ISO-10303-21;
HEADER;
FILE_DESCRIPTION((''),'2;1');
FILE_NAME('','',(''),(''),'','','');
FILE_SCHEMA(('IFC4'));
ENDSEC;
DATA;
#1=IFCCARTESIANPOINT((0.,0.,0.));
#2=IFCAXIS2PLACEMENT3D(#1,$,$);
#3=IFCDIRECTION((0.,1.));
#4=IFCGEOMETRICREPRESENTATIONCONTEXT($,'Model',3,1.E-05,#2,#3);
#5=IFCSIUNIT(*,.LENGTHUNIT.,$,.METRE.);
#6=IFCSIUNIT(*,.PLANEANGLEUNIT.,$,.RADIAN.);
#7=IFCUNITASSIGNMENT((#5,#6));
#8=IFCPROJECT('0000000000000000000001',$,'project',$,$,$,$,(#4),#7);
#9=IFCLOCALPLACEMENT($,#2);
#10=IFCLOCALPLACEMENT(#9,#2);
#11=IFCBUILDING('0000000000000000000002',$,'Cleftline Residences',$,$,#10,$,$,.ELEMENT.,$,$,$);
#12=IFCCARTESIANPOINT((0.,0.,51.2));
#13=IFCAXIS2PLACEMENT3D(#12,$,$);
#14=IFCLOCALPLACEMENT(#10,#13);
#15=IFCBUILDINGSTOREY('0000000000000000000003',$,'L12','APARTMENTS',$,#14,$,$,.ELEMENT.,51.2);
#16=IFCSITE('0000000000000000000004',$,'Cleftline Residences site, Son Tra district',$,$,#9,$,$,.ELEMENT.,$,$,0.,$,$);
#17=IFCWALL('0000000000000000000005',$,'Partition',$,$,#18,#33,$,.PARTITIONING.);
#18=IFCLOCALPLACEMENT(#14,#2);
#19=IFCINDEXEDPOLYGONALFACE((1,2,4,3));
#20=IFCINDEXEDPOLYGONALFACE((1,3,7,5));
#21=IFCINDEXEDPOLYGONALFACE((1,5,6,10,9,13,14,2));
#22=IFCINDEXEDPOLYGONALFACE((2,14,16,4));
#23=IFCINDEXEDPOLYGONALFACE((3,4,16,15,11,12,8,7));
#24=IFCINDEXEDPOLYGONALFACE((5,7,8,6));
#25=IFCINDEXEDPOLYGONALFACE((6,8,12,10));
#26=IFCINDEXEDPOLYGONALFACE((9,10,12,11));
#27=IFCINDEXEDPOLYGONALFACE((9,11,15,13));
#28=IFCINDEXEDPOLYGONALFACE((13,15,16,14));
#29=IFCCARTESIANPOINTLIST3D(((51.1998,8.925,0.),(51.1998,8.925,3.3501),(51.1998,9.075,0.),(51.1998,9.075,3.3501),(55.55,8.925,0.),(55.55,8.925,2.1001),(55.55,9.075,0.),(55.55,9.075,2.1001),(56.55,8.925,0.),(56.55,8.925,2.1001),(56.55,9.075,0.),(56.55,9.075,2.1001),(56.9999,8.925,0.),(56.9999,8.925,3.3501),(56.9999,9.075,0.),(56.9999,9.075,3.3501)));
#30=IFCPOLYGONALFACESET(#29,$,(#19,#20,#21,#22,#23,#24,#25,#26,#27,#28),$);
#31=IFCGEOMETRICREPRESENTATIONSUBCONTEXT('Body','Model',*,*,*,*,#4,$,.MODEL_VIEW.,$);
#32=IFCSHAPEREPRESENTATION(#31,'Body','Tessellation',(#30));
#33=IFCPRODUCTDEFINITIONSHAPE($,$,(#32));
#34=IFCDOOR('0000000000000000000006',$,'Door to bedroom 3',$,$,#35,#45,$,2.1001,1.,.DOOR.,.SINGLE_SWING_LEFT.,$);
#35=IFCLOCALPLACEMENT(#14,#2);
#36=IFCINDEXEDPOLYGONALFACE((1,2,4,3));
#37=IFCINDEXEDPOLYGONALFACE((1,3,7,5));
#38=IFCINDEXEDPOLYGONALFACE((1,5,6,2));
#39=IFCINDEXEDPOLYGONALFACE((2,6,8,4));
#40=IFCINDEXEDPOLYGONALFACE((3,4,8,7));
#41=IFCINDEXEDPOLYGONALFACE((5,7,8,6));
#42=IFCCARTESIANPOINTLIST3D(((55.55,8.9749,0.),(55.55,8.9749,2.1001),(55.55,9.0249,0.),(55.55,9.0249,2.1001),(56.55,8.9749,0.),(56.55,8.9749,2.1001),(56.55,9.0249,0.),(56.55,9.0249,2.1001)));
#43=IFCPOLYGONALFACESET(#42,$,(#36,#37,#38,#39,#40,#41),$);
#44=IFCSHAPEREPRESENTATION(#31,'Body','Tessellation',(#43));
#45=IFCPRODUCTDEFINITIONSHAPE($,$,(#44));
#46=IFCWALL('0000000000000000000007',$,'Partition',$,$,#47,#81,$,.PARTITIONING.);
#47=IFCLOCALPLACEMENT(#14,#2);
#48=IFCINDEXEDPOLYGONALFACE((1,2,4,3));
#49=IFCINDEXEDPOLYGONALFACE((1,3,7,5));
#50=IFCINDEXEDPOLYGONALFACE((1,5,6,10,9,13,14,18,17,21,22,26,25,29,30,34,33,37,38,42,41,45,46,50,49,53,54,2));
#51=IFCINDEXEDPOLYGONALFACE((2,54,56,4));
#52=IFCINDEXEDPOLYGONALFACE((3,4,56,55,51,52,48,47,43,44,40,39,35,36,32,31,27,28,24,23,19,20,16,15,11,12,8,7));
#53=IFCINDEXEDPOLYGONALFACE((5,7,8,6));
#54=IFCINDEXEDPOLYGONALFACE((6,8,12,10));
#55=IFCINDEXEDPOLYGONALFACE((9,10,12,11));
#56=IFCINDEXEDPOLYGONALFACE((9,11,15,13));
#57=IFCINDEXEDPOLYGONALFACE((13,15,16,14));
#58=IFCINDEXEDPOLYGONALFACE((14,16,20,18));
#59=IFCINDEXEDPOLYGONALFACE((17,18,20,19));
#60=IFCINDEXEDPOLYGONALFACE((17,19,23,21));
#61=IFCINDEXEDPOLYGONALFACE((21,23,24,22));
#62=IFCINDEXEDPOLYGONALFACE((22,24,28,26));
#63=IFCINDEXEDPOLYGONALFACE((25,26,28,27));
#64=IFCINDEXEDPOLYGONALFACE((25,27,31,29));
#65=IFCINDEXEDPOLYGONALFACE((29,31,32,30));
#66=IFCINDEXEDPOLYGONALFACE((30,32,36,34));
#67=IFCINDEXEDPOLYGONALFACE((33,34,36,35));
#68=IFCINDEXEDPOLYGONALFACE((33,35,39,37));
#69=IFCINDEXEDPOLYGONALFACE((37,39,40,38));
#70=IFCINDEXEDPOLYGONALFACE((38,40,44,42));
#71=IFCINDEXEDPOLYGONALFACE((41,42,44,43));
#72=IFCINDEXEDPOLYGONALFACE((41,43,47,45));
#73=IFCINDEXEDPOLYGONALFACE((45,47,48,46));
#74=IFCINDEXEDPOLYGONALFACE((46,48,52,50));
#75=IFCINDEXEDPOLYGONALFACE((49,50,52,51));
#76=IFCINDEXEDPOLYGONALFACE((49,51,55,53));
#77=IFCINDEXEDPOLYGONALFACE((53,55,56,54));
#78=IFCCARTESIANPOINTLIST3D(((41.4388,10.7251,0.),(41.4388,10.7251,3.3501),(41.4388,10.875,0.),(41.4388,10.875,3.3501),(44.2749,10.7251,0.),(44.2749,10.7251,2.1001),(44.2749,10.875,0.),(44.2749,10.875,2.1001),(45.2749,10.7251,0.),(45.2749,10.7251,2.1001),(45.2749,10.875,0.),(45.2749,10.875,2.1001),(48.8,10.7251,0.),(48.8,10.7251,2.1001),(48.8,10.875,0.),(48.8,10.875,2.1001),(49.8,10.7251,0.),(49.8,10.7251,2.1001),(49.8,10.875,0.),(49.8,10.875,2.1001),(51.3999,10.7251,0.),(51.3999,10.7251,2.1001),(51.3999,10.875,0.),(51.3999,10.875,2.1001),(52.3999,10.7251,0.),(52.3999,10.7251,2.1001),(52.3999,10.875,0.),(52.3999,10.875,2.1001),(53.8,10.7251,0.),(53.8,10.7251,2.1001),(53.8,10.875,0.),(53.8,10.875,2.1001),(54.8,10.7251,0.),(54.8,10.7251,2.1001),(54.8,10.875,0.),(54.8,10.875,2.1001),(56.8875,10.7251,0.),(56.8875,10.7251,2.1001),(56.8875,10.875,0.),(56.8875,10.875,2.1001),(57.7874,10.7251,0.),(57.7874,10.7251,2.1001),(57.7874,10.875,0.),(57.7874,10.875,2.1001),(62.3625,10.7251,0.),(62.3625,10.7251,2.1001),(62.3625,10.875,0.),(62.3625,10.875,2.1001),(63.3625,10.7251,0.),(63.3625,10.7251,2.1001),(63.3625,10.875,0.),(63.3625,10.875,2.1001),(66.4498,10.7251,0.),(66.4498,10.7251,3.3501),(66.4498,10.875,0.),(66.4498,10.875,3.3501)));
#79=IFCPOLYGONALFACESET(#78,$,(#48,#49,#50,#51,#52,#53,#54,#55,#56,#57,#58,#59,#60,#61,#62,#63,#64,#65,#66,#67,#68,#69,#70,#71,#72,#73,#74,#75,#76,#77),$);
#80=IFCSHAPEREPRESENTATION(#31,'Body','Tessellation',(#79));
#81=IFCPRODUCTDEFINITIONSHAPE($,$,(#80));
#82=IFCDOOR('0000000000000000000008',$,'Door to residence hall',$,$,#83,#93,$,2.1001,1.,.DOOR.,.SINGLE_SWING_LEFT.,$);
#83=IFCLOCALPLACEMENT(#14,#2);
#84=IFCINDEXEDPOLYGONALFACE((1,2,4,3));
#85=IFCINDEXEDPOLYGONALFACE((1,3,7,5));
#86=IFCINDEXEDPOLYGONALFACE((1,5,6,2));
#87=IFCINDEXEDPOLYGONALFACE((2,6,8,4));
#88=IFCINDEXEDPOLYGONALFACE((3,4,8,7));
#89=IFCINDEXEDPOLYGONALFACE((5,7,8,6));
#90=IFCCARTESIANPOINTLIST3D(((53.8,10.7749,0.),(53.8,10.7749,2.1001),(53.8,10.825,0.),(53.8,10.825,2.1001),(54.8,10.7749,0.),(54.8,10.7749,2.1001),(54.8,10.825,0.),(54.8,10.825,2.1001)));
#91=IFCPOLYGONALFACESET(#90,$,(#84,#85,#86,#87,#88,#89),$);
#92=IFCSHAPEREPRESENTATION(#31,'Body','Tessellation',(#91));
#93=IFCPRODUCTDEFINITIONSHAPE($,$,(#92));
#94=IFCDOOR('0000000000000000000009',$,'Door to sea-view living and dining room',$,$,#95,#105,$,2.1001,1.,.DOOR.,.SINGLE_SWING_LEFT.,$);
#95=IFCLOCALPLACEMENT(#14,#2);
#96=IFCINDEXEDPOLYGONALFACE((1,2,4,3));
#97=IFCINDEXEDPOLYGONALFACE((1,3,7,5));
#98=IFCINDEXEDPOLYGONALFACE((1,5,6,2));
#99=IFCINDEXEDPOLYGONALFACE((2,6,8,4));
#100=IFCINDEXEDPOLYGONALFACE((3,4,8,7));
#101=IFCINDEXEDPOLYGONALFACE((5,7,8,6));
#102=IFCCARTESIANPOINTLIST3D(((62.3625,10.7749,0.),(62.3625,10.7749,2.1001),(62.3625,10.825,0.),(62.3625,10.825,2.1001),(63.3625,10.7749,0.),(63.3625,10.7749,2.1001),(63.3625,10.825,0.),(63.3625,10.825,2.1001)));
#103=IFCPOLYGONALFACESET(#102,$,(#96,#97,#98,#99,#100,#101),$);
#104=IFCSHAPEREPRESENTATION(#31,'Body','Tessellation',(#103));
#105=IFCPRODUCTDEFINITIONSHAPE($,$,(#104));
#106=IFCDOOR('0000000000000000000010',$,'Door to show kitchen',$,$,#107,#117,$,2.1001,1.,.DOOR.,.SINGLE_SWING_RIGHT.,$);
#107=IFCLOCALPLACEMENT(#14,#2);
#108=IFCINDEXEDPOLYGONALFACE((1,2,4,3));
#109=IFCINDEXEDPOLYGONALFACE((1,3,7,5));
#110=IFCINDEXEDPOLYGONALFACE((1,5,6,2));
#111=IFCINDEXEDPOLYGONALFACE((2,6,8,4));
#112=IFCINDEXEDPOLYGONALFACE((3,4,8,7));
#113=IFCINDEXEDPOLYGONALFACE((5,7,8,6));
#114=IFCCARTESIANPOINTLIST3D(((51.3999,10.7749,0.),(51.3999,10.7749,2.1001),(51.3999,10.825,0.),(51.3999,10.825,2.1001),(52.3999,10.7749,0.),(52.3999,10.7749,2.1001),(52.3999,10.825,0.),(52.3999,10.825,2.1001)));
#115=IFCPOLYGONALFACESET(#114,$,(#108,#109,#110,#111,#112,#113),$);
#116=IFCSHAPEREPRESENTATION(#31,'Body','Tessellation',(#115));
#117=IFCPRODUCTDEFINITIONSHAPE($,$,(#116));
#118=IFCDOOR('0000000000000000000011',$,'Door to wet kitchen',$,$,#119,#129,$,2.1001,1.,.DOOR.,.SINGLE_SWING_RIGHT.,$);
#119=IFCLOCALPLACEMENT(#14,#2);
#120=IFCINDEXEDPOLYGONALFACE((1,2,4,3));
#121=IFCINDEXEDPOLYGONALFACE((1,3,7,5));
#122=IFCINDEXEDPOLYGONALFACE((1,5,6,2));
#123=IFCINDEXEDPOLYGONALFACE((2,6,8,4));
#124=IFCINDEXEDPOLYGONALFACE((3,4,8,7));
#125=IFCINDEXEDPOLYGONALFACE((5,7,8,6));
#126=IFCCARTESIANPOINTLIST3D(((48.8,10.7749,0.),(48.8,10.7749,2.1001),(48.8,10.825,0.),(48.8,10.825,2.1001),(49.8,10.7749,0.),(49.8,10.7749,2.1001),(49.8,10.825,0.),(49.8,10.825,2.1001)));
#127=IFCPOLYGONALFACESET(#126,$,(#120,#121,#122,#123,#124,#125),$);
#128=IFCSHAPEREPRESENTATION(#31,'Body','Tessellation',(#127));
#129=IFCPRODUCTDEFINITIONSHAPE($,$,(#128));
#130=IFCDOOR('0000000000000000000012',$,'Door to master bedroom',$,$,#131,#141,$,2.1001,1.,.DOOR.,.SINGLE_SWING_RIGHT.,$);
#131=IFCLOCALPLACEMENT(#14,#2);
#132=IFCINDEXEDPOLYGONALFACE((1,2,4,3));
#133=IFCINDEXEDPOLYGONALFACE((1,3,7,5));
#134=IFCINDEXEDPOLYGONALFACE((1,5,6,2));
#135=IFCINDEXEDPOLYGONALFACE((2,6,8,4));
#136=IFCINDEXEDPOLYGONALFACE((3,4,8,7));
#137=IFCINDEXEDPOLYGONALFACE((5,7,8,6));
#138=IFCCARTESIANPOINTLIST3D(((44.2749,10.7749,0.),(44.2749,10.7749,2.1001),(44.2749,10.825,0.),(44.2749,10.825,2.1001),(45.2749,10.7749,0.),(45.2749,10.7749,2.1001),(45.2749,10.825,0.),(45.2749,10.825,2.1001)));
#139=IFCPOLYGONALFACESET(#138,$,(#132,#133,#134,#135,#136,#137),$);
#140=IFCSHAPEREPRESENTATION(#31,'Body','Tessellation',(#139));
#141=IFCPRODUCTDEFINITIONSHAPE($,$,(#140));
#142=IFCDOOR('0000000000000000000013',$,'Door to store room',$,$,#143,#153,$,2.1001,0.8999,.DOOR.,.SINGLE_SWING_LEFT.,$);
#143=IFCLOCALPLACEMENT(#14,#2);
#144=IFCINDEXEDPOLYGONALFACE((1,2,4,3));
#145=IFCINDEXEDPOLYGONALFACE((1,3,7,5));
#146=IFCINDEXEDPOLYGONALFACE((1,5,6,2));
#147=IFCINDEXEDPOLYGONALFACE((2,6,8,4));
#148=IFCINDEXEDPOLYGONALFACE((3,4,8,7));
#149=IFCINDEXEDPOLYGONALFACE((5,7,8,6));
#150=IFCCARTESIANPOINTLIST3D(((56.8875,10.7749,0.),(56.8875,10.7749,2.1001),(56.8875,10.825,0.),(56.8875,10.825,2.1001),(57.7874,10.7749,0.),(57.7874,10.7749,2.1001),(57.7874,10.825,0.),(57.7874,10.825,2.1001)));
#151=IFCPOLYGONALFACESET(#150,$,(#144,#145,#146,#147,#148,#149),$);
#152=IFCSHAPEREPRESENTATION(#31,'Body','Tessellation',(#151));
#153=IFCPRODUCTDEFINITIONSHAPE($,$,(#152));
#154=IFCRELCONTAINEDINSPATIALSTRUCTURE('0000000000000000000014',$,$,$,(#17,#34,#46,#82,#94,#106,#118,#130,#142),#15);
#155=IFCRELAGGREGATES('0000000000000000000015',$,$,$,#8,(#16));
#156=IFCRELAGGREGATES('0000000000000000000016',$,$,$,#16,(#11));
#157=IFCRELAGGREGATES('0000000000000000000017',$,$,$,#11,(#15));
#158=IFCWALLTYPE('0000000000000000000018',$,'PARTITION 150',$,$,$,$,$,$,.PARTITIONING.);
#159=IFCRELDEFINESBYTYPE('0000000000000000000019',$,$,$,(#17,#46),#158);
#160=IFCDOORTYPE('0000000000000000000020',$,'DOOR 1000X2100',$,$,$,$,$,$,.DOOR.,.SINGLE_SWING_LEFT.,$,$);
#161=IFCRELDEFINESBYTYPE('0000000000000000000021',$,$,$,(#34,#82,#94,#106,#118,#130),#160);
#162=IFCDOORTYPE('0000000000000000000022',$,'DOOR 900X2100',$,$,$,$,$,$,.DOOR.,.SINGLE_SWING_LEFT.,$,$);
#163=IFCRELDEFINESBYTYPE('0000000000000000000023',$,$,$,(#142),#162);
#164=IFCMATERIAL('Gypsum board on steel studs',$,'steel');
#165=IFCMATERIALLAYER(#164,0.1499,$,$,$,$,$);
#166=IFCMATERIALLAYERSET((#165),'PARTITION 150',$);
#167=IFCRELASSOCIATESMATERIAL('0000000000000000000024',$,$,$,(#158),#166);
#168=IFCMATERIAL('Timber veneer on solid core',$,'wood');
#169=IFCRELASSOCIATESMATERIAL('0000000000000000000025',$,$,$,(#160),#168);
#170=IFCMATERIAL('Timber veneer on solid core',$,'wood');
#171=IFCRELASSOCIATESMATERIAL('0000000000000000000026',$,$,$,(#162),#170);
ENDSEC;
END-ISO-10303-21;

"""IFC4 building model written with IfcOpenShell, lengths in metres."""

from ifc_helpers import new_model, si_unit, direction, frame, frame_2d, origin, place, context, subcontext, project, spatial, rectangle, extrude, material, layer, layer_set, type_object, element, fill, save


model = new_model("IFC4")

# Units and contexts
model_context = context("Model", 3, precision=1e-05, world=origin(), true_north=direction((0.0, 1.0)))
body_context = subcontext(model_context, "Body", "Model", "MODEL_VIEW")
ifc_project = project(units=[si_unit("LENGTHUNIT", "METRE"), si_unit("PLANEANGLEUNIT", "RADIAN")], contexts=[model_context])

# Site, building, storey
site_placement = place(None, origin())
site = spatial("IfcSite", under=ifc_project, at=site_placement, Name="Cleftline Residences site, Son Tra district", CompositionType="ELEMENT", RefElevation=0.0)
building_placement = place(site_placement, origin())
building = spatial("IfcBuilding", under=site, at=building_placement, Name="Cleftline Residences", CompositionType="ELEMENT")
storey_placement = place(building_placement, frame((0.0, 0.0, 51.2)))
storey = spatial("IfcBuildingStorey", under=building, at=storey_placement, Name="L12", Description="APARTMENTS", CompositionType="ELEMENT", Elevation=51.2)

# Shared definitions
ifc_material_1 = material(Name="Gypsum board on steel studs", Category="steel")
ifc_layer_1 = layer(ifc_material_1, 0.1499)
ifc_layer_set_1 = layer_set([ifc_layer_1], Name="PARTITION 150")
wall_type = type_object("IfcWallType", Name="PARTITION 150", PredefinedType="PARTITIONING", material=ifc_layer_set_1)

# Shared definitions
ifc_material_2 = material(Name="Timber veneer on solid core", Category="wood")
door_type_1 = type_object("IfcDoorType", Name="DOOR 1000X2100", OperationType="SINGLE_SWING_LEFT", PredefinedType="DOOR", material=ifc_material_2)

# Wall, opening, door
wall_1_placement = place(storey_placement, frame((51.2, 9.0, 0.0), z_axis=(0.0, 0.0, 1.0), x_axis=(1.0, 0.0, 0.0)))
wall_1 = element("IfcWall", 1, at=wall_1_placement, inside=storey, type_object=wall_type, Name="Partition", PredefinedType="PARTITIONING", context=body_context, shape_type="SweptSolid", body=[
    extrude(rectangle(XDim=5.8, YDim=0.1499, at=frame_2d((2.8999, 0.0))), origin(), (0.0, 0.0, 1.0), 3.3501),
])
opening_1_placement = place(wall_1_placement, frame((4.3501, 0.0, 0.0)))
opening_1 = element("IfcOpeningElement", 2, at=opening_1_placement, cuts=wall_1, PredefinedType="OPENING", context=body_context, shape_type="SweptSolid", body=[
    extrude(rectangle(XDim=1.0, YDim=2.1001, at=frame_2d((0.5, 1.05))), frame((0.0, 0.085, 0.0), z_axis=(0.0, -1.0, 0.0), x_axis=(1.0, 0.0, 0.0)), (0.0, 0.0, 1.0), 0.1699),
])
door_1_placement = place(opening_1_placement, origin())
door_1 = element("IfcDoor", 3, at=door_1_placement, inside=storey, type_object=door_type_1, Name="Door to bedroom 3", OperationType="SINGLE_SWING_LEFT", OverallHeight=2.1001, OverallWidth=1.0, PredefinedType="DOOR", context=body_context, shape_type="SweptSolid", body=[
    extrude(rectangle(XDim=1.0, YDim=2.1001, at=frame_2d((0.5, 1.05))), frame((0.0, 0.0249, 0.0), z_axis=(0.0, -1.0, 0.0), x_axis=(1.0, 0.0, 0.0)), (0.0, 0.0, 1.0), 0.05),
])
fill(opening_1, door_1)

# Wall, openings, doors
wall_2_placement = place(storey_placement, frame((41.439, 10.8, 0.0), z_axis=(0.0, 0.0, 1.0), x_axis=(1.0, 0.0, 0.0)))
wall_2 = element("IfcWall", 4, at=wall_2_placement, inside=storey, type_object=wall_type, Name="Partition", PredefinedType="PARTITIONING", context=body_context, shape_type="SweptSolid", body=[
    extrude(rectangle(XDim=25.011, YDim=0.1499, at=frame_2d((12.5054, 0.0))), origin(), (0.0, 0.0, 1.0), 3.3501),
])
opening_2_placement = place(wall_2_placement, frame((12.3611, 0.0, 0.0)))
opening_2 = element("IfcOpeningElement", 5, at=opening_2_placement, cuts=wall_2, PredefinedType="OPENING", context=body_context, shape_type="SweptSolid", body=[
    extrude(rectangle(XDim=1.0, YDim=2.1001, at=frame_2d((0.5, 1.05))), frame((0.0, 0.085, 0.0), z_axis=(0.0, -1.0, 0.0), x_axis=(1.0, 0.0, 0.0)), (0.0, 0.0, 1.0), 0.1699),
])
opening_3_placement = place(wall_2_placement, frame((20.9236, 0.0, 0.0)))
opening_3 = element("IfcOpeningElement", 6, at=opening_3_placement, cuts=wall_2, PredefinedType="OPENING", context=body_context, shape_type="SweptSolid", body=[
    extrude(rectangle(XDim=1.0, YDim=2.1001, at=frame_2d((0.5, 1.05))), frame((0.0, 0.085, 0.0), z_axis=(0.0, -1.0, 0.0), x_axis=(1.0, 0.0, 0.0)), (0.0, 0.0, 1.0), 0.1699),
])
opening_4_placement = place(wall_2_placement, frame((15.4485, 0.0, 0.0)))
opening_4 = element("IfcOpeningElement", 7, at=opening_4_placement, cuts=wall_2, PredefinedType="OPENING", context=body_context, shape_type="SweptSolid", body=[
    extrude(rectangle(XDim=0.8999, YDim=2.1001, at=frame_2d((0.45, 1.05))), frame((0.0, 0.085, 0.0), z_axis=(0.0, -1.0, 0.0), x_axis=(1.0, 0.0, 0.0)), (0.0, 0.0, 1.0), 0.1699),
])
opening_5_placement = place(wall_2_placement, frame((9.9609, 0.0, 0.0)))
opening_5 = element("IfcOpeningElement", 8, at=opening_5_placement, cuts=wall_2, PredefinedType="OPENING", context=body_context, shape_type="SweptSolid", body=[
    extrude(rectangle(XDim=1.0, YDim=2.1001, at=frame_2d((0.5, 1.05))), frame((0.0, 0.085, 0.0), z_axis=(0.0, -1.0, 0.0), x_axis=(1.0, 0.0, 0.0)), (0.0, 0.0, 1.0), 0.1699),
])
opening_6_placement = place(wall_2_placement, frame((7.3611, 0.0, 0.0)))
opening_6 = element("IfcOpeningElement", 9, at=opening_6_placement, cuts=wall_2, PredefinedType="OPENING", context=body_context, shape_type="SweptSolid", body=[
    extrude(rectangle(XDim=1.0, YDim=2.1001, at=frame_2d((0.5, 1.05))), frame((0.0, 0.085, 0.0), z_axis=(0.0, -1.0, 0.0), x_axis=(1.0, 0.0, 0.0)), (0.0, 0.0, 1.0), 0.1699),
])
opening_7_placement = place(wall_2_placement, frame((2.8359, 0.0, 0.0)))
opening_7 = element("IfcOpeningElement", 10, at=opening_7_placement, cuts=wall_2, PredefinedType="OPENING", context=body_context, shape_type="SweptSolid", body=[
    extrude(rectangle(XDim=1.0, YDim=2.1001, at=frame_2d((0.5, 1.05))), frame((0.0, 0.085, 0.0), z_axis=(0.0, -1.0, 0.0), x_axis=(1.0, 0.0, 0.0)), (0.0, 0.0, 1.0), 0.1699),
])
door_2_placement = place(opening_2_placement, origin())
door_2 = element("IfcDoor", 11, at=door_2_placement, inside=storey, type_object=door_type_1, Name="Door to residence hall", OperationType="SINGLE_SWING_LEFT", OverallHeight=2.1001, OverallWidth=1.0, PredefinedType="DOOR", context=body_context, shape_type="SweptSolid", body=[
    extrude(rectangle(XDim=1.0, YDim=2.1001, at=frame_2d((0.5, 1.05))), frame((0.0, 0.0249, 0.0), z_axis=(0.0, -1.0, 0.0), x_axis=(1.0, 0.0, 0.0)), (0.0, 0.0, 1.0), 0.05),
])
fill(opening_2, door_2)
door_3_placement = place(opening_3_placement, origin())
door_3 = element("IfcDoor", 12, at=door_3_placement, inside=storey, type_object=door_type_1, Name="Door to sea-view living and dining room", OperationType="SINGLE_SWING_LEFT", OverallHeight=2.1001, OverallWidth=1.0, PredefinedType="DOOR", context=body_context, shape_type="SweptSolid", body=[
    extrude(rectangle(XDim=1.0, YDim=2.1001, at=frame_2d((0.5, 1.05))), frame((0.0, 0.0249, 0.0), z_axis=(0.0, -1.0, 0.0), x_axis=(1.0, 0.0, 0.0)), (0.0, 0.0, 1.0), 0.05),
])
fill(opening_3, door_3)
door_4_placement = place(opening_5_placement, origin())
door_4 = element("IfcDoor", 13, at=door_4_placement, inside=storey, type_object=door_type_1, Name="Door to show kitchen", OperationType="SINGLE_SWING_RIGHT", OverallHeight=2.1001, OverallWidth=1.0, PredefinedType="DOOR", context=body_context, shape_type="SweptSolid", body=[
    extrude(rectangle(XDim=1.0, YDim=2.1001, at=frame_2d((0.5, 1.05))), frame((0.0, 0.0249, 0.0), z_axis=(0.0, -1.0, 0.0), x_axis=(1.0, 0.0, 0.0)), (0.0, 0.0, 1.0), 0.05),
])
fill(opening_5, door_4)
door_5_placement = place(opening_6_placement, origin())
door_5 = element("IfcDoor", 14, at=door_5_placement, inside=storey, type_object=door_type_1, Name="Door to wet kitchen", OperationType="SINGLE_SWING_RIGHT", OverallHeight=2.1001, OverallWidth=1.0, PredefinedType="DOOR", context=body_context, shape_type="SweptSolid", body=[
    extrude(rectangle(XDim=1.0, YDim=2.1001, at=frame_2d((0.5, 1.05))), frame((0.0, 0.0249, 0.0), z_axis=(0.0, -1.0, 0.0), x_axis=(1.0, 0.0, 0.0)), (0.0, 0.0, 1.0), 0.05),
])
fill(opening_6, door_5)
door_6_placement = place(opening_7_placement, origin())
door_6 = element("IfcDoor", 15, at=door_6_placement, inside=storey, type_object=door_type_1, Name="Door to master bedroom", OperationType="SINGLE_SWING_RIGHT", OverallHeight=2.1001, OverallWidth=1.0, PredefinedType="DOOR", context=body_context, shape_type="SweptSolid", body=[
    extrude(rectangle(XDim=1.0, YDim=2.1001, at=frame_2d((0.5, 1.05))), frame((0.0, 0.0249, 0.0), z_axis=(0.0, -1.0, 0.0), x_axis=(1.0, 0.0, 0.0)), (0.0, 0.0, 1.0), 0.05),
])
fill(opening_7, door_6)
ifc_material_3 = material(Name="Timber veneer on solid core", Category="wood")
door_type_2 = type_object("IfcDoorType", Name="DOOR 900X2100", OperationType="SINGLE_SWING_LEFT", PredefinedType="DOOR", material=ifc_material_3)
door_7_placement = place(opening_4_placement, origin())
door_7 = element("IfcDoor", 16, at=door_7_placement, inside=storey, type_object=door_type_2, Name="Door to store room", OperationType="SINGLE_SWING_LEFT", OverallHeight=2.1001, OverallWidth=0.8999, PredefinedType="DOOR", context=body_context, shape_type="SweptSolid", body=[
    extrude(rectangle(XDim=0.8999, YDim=2.1001, at=frame_2d((0.45, 1.05))), frame((0.0, 0.0249, 0.0), z_axis=(0.0, -1.0, 0.0), x_axis=(1.0, 0.0, 0.0)), (0.0, 0.0, 1.0), 0.05),
])
fill(opening_4, door_7)

save(model, "model.ifc")
